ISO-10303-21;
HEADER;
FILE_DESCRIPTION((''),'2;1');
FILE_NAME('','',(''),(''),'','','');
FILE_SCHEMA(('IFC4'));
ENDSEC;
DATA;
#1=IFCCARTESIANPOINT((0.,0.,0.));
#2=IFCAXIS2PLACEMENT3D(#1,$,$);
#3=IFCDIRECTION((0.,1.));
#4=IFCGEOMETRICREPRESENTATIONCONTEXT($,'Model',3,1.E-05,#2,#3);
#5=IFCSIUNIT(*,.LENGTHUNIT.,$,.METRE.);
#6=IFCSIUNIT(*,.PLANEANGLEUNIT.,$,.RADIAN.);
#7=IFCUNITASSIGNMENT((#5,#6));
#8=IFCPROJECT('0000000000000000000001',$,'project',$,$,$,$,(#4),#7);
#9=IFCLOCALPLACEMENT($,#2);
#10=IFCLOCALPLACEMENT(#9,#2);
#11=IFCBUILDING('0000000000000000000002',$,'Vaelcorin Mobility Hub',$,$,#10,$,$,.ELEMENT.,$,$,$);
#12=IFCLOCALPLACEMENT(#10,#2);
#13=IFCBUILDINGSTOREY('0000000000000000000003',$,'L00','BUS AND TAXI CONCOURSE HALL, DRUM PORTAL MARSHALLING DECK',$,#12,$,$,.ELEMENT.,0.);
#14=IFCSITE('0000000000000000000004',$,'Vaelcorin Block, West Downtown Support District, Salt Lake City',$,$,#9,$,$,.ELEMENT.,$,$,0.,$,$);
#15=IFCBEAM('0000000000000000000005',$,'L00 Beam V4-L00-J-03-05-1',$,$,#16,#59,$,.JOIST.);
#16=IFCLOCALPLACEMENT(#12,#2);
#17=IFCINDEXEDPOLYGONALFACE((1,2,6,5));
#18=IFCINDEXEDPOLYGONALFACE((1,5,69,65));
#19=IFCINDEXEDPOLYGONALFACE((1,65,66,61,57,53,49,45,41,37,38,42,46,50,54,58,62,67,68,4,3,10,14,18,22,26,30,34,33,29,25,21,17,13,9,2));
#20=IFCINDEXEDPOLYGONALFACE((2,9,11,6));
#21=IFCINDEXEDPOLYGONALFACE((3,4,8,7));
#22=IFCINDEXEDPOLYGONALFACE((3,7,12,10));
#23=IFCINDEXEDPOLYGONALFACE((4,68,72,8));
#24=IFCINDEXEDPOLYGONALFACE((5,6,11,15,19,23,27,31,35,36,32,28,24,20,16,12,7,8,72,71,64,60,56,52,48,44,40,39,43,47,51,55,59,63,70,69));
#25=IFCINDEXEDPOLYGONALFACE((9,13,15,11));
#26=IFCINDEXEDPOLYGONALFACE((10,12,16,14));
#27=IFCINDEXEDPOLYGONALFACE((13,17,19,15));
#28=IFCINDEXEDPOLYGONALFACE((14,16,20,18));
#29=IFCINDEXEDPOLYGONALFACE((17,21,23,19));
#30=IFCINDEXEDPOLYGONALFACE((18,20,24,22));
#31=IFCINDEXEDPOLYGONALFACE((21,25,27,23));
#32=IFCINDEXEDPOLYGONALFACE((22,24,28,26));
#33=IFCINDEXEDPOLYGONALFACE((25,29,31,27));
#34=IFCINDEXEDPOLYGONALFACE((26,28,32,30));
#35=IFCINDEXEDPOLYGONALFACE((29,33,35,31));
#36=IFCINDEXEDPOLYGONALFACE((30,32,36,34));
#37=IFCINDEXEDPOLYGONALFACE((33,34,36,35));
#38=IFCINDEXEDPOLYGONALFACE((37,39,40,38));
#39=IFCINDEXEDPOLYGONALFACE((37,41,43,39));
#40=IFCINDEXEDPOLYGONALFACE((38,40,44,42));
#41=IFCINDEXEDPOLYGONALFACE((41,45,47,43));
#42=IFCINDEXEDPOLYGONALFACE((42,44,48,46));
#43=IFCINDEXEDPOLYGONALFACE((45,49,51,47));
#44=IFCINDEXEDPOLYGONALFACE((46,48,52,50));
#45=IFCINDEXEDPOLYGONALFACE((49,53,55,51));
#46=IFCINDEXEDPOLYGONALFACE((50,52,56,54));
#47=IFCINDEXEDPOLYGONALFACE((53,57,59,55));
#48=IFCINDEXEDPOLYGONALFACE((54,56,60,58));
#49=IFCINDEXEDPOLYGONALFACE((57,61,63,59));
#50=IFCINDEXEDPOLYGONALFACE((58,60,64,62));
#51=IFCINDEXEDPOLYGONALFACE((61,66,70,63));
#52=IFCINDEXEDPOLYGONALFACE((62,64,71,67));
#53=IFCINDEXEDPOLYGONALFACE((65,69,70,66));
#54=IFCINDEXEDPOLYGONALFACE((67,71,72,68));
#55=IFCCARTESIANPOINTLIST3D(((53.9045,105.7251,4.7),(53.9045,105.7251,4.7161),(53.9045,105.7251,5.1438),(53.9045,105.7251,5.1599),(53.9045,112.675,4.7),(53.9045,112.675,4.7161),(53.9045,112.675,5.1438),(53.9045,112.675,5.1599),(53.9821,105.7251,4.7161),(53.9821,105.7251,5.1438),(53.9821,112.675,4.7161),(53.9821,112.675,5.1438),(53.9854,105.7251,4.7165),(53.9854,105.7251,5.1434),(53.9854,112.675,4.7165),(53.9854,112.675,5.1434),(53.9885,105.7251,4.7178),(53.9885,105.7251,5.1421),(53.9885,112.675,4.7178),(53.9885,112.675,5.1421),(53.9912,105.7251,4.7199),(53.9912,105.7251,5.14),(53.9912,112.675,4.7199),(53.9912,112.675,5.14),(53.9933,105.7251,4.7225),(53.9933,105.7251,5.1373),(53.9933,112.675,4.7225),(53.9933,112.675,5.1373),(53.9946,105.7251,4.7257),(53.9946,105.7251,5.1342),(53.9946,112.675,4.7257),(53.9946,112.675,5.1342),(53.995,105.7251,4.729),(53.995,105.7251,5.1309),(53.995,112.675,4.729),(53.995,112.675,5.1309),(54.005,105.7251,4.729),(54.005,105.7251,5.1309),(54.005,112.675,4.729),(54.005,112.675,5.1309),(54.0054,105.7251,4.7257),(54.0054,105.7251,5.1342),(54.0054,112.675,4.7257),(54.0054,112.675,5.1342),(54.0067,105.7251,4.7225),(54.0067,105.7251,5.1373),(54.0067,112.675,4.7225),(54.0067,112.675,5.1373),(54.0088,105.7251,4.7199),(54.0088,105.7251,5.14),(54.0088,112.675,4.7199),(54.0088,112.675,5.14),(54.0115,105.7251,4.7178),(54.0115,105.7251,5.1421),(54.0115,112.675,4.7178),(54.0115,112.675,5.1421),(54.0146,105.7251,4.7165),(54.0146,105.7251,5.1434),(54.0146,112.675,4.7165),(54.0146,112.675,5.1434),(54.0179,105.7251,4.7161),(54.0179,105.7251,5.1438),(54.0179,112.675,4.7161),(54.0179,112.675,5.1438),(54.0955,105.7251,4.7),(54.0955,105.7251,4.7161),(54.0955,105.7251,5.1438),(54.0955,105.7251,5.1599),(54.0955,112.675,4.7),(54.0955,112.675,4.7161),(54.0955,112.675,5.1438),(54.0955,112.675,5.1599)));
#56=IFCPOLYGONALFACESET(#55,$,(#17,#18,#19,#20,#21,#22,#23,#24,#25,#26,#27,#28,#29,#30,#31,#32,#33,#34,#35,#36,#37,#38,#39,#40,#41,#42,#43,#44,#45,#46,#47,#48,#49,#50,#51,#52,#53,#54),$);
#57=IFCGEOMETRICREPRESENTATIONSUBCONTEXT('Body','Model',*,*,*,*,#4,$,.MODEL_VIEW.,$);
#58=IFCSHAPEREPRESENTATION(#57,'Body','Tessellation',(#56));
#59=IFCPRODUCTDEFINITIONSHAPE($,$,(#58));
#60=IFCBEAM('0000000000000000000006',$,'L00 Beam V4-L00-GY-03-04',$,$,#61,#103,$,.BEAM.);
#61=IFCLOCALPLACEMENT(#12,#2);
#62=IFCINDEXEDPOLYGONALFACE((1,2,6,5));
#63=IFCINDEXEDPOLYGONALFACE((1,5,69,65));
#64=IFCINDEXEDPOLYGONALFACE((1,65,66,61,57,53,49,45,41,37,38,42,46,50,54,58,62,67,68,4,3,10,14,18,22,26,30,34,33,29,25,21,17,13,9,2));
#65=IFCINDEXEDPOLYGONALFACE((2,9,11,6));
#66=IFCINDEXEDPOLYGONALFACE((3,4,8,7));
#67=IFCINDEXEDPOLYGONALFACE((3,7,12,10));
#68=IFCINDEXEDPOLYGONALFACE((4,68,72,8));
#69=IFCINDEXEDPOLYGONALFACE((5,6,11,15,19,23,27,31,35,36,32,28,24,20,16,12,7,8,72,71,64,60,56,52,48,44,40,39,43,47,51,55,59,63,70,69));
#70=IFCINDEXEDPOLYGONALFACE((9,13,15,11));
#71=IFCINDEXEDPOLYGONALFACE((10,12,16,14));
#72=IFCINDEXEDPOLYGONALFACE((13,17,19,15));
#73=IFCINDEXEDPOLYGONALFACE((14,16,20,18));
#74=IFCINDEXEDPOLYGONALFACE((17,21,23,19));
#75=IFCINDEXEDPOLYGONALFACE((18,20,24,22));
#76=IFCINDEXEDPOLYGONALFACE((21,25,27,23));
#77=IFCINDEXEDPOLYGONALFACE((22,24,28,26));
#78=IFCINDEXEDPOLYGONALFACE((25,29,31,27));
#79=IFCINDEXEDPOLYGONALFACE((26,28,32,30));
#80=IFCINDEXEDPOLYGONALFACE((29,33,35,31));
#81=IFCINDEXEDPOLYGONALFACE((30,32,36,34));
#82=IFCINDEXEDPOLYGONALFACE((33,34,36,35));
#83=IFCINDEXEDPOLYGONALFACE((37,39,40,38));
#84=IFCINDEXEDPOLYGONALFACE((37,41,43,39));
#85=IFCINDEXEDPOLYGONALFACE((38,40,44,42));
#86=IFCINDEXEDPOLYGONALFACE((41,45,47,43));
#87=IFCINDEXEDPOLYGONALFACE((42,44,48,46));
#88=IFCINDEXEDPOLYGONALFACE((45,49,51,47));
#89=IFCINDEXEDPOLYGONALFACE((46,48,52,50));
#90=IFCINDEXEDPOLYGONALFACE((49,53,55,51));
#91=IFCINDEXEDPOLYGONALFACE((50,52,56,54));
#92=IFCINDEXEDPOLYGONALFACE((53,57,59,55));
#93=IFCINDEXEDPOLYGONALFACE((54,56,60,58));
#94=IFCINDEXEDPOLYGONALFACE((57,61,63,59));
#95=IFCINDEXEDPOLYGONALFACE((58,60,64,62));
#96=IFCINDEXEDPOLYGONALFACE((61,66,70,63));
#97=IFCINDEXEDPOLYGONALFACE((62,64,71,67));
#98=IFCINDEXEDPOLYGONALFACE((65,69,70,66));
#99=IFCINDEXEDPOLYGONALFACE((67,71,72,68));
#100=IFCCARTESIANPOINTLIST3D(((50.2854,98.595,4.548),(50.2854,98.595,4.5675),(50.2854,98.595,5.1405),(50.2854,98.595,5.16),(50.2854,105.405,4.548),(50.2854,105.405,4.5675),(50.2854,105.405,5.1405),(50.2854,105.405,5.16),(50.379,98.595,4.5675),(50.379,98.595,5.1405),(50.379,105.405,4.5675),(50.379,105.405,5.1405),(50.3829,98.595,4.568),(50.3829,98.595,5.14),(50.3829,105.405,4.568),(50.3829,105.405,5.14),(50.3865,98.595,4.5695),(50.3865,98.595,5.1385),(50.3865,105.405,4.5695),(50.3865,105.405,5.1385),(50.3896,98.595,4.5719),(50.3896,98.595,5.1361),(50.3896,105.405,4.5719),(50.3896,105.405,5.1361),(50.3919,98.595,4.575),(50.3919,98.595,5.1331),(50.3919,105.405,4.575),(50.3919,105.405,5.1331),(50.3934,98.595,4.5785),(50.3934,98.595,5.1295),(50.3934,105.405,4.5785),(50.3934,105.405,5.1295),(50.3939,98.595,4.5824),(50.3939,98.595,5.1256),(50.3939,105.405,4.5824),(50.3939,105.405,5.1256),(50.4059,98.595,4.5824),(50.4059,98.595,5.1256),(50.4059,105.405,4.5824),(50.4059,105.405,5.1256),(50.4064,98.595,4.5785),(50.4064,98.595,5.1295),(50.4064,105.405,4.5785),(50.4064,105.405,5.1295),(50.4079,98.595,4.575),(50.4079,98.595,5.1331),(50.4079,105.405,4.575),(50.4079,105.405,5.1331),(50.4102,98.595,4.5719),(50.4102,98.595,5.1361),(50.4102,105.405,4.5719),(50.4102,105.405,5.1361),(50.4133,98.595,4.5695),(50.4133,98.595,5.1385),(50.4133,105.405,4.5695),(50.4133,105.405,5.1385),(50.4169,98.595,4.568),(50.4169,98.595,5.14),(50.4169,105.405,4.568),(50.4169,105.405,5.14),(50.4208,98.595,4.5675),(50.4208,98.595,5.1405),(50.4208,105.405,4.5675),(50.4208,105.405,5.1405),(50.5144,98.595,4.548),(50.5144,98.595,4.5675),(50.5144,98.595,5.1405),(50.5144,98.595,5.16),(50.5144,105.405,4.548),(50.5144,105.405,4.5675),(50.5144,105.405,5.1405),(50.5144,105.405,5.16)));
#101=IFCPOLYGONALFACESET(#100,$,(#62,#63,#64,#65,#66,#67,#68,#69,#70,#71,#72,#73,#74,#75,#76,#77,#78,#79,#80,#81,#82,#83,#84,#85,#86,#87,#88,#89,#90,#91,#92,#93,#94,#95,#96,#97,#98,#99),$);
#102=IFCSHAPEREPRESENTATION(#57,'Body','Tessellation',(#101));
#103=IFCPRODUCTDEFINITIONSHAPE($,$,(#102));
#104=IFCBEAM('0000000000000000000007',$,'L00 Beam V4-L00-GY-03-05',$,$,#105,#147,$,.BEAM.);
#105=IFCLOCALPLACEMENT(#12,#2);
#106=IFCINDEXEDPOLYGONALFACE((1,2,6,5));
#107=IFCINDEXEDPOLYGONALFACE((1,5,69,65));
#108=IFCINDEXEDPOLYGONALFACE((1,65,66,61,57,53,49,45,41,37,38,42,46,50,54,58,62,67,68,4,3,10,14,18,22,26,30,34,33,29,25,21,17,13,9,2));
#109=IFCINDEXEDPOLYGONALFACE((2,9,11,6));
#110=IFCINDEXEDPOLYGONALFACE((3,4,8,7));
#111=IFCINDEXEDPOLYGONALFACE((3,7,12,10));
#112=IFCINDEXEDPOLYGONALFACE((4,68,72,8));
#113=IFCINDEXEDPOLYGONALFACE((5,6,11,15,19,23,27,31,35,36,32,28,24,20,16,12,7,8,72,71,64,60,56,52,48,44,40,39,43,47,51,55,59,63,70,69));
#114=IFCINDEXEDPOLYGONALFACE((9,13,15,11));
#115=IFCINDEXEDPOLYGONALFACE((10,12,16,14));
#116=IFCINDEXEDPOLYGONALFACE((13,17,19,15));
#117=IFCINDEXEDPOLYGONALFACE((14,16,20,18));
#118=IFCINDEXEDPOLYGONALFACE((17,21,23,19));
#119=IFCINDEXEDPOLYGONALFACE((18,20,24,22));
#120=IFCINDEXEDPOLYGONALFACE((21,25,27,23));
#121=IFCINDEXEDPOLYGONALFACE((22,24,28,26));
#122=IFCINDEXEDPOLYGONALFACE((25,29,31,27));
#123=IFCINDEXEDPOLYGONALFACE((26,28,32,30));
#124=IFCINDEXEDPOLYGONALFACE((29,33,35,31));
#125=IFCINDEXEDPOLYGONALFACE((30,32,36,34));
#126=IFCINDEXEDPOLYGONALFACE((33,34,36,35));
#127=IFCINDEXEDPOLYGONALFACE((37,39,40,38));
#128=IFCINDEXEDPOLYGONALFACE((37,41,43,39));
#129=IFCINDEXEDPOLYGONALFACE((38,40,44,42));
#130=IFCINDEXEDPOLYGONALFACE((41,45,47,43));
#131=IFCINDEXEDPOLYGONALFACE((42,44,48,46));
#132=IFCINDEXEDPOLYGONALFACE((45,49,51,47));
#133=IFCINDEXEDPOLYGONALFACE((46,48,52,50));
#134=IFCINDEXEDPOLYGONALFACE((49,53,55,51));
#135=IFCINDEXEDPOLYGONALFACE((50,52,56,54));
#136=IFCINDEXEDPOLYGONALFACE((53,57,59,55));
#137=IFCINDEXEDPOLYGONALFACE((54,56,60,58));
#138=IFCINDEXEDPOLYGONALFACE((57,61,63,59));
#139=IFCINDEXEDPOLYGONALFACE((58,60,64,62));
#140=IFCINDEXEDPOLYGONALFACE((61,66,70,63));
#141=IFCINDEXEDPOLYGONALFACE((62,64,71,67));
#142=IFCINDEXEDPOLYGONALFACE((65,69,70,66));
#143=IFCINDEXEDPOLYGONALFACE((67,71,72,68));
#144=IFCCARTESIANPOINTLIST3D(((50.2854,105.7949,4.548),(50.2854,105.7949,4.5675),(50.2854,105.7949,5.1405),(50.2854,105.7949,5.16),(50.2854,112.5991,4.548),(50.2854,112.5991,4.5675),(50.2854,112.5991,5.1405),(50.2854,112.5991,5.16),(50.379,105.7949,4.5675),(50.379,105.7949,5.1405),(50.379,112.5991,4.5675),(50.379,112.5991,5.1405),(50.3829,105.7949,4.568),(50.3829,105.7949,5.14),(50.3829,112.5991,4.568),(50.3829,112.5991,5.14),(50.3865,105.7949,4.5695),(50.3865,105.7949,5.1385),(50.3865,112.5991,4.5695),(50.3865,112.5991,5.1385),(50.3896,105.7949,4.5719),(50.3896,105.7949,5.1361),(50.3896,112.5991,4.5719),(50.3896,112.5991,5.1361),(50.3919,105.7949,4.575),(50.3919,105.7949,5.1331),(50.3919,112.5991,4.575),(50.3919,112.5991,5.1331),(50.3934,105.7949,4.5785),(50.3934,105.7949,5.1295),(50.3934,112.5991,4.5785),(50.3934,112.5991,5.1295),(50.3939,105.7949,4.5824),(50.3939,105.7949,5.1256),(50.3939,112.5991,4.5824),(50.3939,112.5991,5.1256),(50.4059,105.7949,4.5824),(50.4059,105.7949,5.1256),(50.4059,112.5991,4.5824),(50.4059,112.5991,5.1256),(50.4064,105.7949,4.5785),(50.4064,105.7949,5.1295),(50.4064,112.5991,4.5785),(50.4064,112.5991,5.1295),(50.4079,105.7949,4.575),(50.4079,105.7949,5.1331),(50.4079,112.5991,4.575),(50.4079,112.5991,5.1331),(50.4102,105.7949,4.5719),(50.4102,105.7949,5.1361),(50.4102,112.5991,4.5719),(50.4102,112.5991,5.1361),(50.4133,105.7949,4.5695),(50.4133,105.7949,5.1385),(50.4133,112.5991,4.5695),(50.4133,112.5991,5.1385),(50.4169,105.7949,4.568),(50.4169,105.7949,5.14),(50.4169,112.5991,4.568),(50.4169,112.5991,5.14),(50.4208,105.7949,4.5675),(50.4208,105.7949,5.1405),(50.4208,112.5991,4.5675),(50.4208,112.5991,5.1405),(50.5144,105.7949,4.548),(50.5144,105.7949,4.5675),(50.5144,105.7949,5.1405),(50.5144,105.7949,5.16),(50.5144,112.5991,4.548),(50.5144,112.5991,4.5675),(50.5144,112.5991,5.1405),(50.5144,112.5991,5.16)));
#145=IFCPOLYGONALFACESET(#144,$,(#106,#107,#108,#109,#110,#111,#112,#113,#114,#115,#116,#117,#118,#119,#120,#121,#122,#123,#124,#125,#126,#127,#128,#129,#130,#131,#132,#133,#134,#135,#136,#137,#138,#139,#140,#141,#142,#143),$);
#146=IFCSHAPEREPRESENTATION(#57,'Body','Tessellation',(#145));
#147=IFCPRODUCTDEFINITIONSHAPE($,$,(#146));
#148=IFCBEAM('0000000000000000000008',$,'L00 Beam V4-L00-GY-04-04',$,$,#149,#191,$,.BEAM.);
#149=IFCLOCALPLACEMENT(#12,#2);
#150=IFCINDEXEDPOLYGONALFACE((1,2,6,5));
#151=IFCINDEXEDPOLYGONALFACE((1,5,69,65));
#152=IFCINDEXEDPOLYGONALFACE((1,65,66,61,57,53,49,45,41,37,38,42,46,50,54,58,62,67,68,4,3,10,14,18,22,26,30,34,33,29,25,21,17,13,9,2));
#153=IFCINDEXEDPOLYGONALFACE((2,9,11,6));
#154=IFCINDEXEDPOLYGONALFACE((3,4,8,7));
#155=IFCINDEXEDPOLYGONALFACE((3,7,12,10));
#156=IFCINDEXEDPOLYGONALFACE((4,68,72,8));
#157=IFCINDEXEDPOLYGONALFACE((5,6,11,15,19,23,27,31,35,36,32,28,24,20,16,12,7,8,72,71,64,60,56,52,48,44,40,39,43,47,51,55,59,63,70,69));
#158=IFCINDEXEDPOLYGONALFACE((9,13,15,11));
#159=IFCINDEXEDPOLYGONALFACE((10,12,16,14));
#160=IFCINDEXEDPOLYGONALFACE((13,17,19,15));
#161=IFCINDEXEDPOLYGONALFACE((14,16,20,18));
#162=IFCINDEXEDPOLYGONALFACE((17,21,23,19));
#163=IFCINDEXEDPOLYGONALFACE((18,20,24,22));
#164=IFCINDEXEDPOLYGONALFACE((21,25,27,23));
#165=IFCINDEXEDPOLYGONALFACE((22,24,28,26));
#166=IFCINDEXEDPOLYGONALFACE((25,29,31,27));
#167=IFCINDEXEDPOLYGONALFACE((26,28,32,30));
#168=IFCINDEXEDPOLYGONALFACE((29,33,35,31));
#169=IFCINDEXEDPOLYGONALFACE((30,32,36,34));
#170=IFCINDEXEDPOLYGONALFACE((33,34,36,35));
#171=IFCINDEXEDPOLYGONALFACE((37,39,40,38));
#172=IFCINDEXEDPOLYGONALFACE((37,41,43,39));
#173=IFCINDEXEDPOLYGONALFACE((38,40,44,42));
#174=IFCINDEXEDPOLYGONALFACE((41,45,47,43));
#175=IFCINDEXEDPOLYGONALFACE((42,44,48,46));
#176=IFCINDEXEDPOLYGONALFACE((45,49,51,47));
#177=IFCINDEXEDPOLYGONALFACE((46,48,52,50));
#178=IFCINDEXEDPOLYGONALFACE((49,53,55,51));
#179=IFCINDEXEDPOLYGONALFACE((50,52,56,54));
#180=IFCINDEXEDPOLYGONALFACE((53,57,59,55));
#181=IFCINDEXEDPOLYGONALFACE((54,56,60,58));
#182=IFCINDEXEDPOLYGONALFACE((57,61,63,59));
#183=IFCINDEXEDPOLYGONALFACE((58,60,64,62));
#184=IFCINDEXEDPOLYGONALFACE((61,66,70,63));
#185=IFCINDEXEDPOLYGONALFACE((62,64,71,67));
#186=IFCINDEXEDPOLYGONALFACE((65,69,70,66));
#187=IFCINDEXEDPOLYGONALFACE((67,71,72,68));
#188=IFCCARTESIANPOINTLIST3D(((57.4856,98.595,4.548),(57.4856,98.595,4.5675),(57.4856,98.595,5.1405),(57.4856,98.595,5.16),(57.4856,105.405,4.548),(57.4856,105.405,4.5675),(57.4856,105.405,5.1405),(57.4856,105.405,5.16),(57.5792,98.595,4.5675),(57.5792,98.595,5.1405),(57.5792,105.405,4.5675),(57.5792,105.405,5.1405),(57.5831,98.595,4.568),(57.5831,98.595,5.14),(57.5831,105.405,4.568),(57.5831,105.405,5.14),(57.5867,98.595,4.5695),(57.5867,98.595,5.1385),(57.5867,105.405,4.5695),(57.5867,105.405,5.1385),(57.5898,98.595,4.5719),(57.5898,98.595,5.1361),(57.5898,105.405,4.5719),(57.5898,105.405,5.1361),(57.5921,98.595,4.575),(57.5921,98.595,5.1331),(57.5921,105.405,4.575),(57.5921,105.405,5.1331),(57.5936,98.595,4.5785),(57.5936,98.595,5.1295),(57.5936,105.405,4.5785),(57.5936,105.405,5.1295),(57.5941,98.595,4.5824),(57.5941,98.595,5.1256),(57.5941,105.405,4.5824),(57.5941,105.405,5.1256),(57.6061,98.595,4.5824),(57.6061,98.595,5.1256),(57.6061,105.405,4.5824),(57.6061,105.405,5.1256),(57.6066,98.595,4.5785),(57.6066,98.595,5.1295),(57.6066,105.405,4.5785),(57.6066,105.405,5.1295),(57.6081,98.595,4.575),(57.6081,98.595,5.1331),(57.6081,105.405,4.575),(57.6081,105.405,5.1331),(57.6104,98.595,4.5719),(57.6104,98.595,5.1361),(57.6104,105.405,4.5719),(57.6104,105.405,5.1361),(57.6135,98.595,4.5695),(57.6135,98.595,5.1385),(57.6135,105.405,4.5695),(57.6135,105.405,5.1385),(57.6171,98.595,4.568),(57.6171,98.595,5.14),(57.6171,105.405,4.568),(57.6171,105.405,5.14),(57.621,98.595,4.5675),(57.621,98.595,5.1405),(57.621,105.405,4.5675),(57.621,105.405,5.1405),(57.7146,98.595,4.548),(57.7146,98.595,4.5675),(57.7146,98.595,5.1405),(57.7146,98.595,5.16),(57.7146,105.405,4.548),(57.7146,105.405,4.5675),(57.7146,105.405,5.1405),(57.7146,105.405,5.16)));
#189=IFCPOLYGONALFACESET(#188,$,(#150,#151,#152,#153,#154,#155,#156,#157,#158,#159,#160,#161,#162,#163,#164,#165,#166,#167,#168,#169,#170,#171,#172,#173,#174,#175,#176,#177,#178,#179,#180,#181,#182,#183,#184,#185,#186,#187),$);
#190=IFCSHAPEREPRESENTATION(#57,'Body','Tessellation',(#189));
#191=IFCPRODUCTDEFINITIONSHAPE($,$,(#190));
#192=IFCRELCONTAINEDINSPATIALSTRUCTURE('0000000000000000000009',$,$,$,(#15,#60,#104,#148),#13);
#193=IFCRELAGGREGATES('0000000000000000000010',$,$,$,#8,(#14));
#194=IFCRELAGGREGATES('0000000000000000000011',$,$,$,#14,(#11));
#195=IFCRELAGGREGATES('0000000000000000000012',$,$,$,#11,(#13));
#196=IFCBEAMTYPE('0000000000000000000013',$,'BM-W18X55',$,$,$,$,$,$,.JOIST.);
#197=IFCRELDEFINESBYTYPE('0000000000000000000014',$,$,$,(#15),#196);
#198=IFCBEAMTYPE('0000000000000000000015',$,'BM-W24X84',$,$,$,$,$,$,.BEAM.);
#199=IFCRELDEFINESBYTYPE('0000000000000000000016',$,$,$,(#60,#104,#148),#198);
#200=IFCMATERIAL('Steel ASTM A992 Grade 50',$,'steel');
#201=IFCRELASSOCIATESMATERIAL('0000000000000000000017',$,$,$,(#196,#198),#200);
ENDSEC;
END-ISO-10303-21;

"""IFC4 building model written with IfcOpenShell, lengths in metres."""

from ifc_helpers import new_model, si_unit, direction, frame, origin, origin_2d, place, context, subcontext, project, spatial, i_section, extrude, material, material_profile, profile_set, type_object, element, save


model = new_model("IFC4")

# Units and contexts
model_context = context("Model", 3, precision=1e-05, world=origin(), true_north=direction((0.0, 1.0)))
body_context = subcontext(model_context, "Body", "Model", "MODEL_VIEW")
ifc_project = project(units=[si_unit("LENGTHUNIT", "METRE"), si_unit("PLANEANGLEUNIT", "RADIAN")], contexts=[model_context])

# Site, building, storey
site_placement = place(None, origin())
site = spatial("IfcSite", under=ifc_project, at=site_placement, Name="Vaelcorin Block, West Downtown Support District, Salt Lake City", CompositionType="ELEMENT", RefElevation=0.0)
building_placement = place(site_placement, origin())
building = spatial("IfcBuilding", under=site, at=building_placement, Name="Vaelcorin Mobility Hub", CompositionType="ELEMENT")
storey_placement = place(building_placement, origin())
storey = spatial("IfcBuildingStorey", under=building, at=storey_placement, Name="L00", Description="BUS AND TAXI CONCOURSE HALL, DRUM PORTAL MARSHALLING DECK", CompositionType="ELEMENT", Elevation=0.0)

# Shared definitions
ifc_material_1 = material(Name="Steel ASTM A992 Grade 50", Category="steel")

# Beams
ifc_material_profile_1 = material_profile(ifc_material_1, i_section(OverallWidth=0.1909, OverallDepth=0.46, WebThickness=0.01, FlangeThickness=0.0161, FilletRadius=0.0129, at=origin_2d()), Name="W18X55")
ifc_profile_set_1 = profile_set([ifc_material_profile_1], Name="Steel ASTM A992 Grade 50")
beam_type_1 = type_object("IfcBeamType", Name="BM-W18X55", PredefinedType="JOIST", material=ifc_profile_set_1)
beam_1_placement = place(storey_placement, frame((54.0, 105.7251, 4.9299), z_axis=(0.0, 1.0, 0.0), x_axis=(-1.0, 0.0, 0.0)))
element("IfcBeam", 1, at=beam_1_placement, inside=storey, type_object=beam_type_1, Name="L00 Beam V4-L00-J-03-05-1", PredefinedType="JOIST", context=body_context, shape_type="SweptSolid", body=[
    extrude(i_section(OverallWidth=0.1909, OverallDepth=0.46, WebThickness=0.01, FlangeThickness=0.0161, FilletRadius=0.0129, at=origin_2d()), origin(), (0.0, 0.0, 1.0), 6.95),
])
ifc_material_profile_2 = material_profile(ifc_material_1, i_section(OverallWidth=0.229, OverallDepth=0.6121, WebThickness=0.012, FlangeThickness=0.0195, FilletRadius=0.0149, at=origin_2d()), Name="W24X84")
ifc_profile_set_2 = profile_set([ifc_material_profile_2], Name="Steel ASTM A992 Grade 50")
beam_type_2 = type_object("IfcBeamType", Name="BM-W24X84", PredefinedType="BEAM", material=ifc_profile_set_2)
beam_2_placement = place(storey_placement, frame((50.3999, 98.595, 4.854), z_axis=(0.0, 1.0, 0.0), x_axis=(-1.0, 0.0, 0.0)))
element("IfcBeam", 2, at=beam_2_placement, inside=storey, type_object=beam_type_2, Name="L00 Beam V4-L00-GY-03-04", PredefinedType="BEAM", context=body_context, shape_type="SweptSolid", body=[
    extrude(i_section(OverallWidth=0.229, OverallDepth=0.6121, WebThickness=0.012, FlangeThickness=0.0195, FilletRadius=0.0149, at=origin_2d()), origin(), (0.0, 0.0, 1.0), 6.8101),
])
beam_3_placement = place(storey_placement, frame((50.3999, 105.7949, 4.854), z_axis=(0.0, 1.0, 0.0), x_axis=(-1.0, 0.0, 0.0)))
element("IfcBeam", 3, at=beam_3_placement, inside=storey, type_object=beam_type_2, Name="L00 Beam V4-L00-GY-03-05", PredefinedType="BEAM", context=body_context, shape_type="SweptSolid", body=[
    extrude(i_section(OverallWidth=0.229, OverallDepth=0.6121, WebThickness=0.012, FlangeThickness=0.0195, FilletRadius=0.0149, at=origin_2d()), origin(), (0.0, 0.0, 1.0), 6.8042),
])
beam_4_placement = place(storey_placement, frame((57.6001, 98.595, 4.854), z_axis=(0.0, 1.0, 0.0), x_axis=(-1.0, 0.0, 0.0)))
element("IfcBeam", 4, at=beam_4_placement, inside=storey, type_object=beam_type_2, Name="L00 Beam V4-L00-GY-04-04", PredefinedType="BEAM", context=body_context, shape_type="SweptSolid", body=[
    extrude(i_section(OverallWidth=0.229, OverallDepth=0.6121, WebThickness=0.012, FlangeThickness=0.0195, FilletRadius=0.0149, at=origin_2d()), origin(), (0.0, 0.0, 1.0), 6.8101),
])

save(model, "model.ifc")
